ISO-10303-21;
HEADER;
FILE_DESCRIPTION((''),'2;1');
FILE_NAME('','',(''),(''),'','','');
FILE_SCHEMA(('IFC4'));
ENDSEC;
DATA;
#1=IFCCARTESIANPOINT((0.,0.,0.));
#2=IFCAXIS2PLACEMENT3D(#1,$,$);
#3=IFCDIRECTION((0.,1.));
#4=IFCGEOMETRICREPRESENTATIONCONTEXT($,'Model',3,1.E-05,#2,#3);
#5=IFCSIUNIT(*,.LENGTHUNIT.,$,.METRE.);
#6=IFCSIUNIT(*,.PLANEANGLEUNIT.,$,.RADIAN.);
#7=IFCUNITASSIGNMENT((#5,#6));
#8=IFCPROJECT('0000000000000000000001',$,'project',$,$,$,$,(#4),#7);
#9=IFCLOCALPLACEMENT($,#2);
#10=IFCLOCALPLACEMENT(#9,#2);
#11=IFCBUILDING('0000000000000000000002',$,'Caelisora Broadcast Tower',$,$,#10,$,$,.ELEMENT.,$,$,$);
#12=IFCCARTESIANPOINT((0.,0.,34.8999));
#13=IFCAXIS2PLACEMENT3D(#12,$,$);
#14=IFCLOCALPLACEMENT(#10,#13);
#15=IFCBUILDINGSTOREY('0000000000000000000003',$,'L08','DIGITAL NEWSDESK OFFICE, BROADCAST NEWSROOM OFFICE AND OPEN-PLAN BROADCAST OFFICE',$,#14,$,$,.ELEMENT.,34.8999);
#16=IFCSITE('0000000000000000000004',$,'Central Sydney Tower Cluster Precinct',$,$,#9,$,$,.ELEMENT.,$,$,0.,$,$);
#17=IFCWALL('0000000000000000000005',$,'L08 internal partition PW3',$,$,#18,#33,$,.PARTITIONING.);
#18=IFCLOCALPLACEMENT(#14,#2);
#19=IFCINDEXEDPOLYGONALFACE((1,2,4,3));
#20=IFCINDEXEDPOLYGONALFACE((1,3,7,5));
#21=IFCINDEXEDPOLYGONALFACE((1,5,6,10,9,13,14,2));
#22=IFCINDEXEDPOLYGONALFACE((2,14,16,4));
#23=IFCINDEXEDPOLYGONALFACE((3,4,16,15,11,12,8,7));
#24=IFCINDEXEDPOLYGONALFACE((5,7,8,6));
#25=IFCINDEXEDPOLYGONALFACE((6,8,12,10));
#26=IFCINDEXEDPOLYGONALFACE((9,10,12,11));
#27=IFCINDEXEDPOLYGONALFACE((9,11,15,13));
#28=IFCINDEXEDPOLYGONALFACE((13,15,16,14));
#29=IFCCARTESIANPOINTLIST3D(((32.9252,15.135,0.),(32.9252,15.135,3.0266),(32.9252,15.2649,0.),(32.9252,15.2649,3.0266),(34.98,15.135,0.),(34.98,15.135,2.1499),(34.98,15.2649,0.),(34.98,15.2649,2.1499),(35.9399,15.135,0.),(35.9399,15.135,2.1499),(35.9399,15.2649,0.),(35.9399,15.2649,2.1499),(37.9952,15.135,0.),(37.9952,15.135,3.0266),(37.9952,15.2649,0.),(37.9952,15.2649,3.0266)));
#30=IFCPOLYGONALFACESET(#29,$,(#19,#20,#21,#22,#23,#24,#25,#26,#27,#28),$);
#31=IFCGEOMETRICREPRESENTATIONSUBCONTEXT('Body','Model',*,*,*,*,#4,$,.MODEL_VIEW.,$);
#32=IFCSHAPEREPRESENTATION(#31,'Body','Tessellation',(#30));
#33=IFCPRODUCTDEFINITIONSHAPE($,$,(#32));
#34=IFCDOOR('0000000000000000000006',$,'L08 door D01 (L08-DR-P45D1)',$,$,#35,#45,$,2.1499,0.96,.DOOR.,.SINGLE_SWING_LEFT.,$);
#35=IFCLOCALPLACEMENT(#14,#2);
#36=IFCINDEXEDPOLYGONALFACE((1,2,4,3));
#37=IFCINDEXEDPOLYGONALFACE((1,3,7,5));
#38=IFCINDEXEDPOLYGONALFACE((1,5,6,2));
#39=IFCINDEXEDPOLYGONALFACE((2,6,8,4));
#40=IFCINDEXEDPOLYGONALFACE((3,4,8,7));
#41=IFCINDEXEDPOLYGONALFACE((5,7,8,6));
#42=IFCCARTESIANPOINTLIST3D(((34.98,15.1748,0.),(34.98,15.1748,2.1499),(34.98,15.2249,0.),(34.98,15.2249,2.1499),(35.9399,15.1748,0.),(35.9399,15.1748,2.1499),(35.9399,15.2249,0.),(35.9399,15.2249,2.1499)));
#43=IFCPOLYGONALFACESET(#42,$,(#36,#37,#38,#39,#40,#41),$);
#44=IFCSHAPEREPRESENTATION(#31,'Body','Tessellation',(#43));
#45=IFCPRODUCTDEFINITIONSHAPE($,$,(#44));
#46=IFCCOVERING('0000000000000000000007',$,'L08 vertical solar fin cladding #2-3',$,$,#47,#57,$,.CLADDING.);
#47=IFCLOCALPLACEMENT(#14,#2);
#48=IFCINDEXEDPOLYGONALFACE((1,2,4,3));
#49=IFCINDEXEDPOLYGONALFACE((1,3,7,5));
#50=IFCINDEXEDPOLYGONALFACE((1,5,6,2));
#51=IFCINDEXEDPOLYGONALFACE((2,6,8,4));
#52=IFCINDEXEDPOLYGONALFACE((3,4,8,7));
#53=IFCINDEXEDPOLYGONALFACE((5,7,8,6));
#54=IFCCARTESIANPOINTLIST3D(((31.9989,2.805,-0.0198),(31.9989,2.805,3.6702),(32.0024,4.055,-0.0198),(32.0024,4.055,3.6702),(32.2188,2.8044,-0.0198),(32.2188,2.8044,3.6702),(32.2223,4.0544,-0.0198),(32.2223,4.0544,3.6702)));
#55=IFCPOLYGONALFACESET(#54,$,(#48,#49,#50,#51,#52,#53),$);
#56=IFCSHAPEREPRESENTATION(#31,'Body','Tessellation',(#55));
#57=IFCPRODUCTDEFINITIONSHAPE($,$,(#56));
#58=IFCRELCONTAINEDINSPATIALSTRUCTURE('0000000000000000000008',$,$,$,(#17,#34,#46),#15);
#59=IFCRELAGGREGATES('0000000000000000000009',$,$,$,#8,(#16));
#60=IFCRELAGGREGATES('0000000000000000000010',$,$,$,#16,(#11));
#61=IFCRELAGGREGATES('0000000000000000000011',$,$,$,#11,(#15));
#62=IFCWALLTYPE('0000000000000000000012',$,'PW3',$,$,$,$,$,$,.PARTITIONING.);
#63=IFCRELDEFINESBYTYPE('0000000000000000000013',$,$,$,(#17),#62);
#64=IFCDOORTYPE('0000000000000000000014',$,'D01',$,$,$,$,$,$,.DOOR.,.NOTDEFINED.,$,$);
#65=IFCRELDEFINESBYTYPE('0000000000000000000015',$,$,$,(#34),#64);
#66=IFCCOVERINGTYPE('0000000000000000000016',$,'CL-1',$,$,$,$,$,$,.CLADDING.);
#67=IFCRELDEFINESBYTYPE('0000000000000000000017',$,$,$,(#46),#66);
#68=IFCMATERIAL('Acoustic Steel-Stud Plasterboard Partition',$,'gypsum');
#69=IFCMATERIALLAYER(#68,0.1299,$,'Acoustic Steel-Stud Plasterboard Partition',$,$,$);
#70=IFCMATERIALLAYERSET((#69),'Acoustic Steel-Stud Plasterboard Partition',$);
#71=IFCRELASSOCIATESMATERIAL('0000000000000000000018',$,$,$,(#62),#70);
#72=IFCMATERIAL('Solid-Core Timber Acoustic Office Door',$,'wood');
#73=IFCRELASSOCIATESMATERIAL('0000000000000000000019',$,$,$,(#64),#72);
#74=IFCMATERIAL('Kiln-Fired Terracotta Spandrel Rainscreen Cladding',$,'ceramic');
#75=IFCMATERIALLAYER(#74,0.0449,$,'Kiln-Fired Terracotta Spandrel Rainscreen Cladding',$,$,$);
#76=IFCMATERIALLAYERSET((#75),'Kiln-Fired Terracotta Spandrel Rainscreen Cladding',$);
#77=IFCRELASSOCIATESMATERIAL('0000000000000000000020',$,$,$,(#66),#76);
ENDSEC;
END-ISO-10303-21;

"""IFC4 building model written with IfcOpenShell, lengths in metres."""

from ifc_helpers import new_model, si_unit, direction, frame, frame_2d, origin, origin_2d, place, context, subcontext, project, spatial, rectangle, extrude, source, transform, mapped, material, layer, layer_set, type_object, type_shapes, element, fill, save


model = new_model("IFC4")

# Units and contexts
model_context = context("Model", 3, precision=1e-05, world=origin(), true_north=direction((0.0, 1.0)))
body_context = subcontext(model_context, "Body", "Model", "MODEL_VIEW")
ifc_project = project(units=[si_unit("LENGTHUNIT", "METRE"), si_unit("PLANEANGLEUNIT", "RADIAN")], contexts=[model_context])

# Site, building, storey
site_placement = place(None, origin())
site = spatial("IfcSite", under=ifc_project, at=site_placement, Name="Central Sydney Tower Cluster Precinct", CompositionType="ELEMENT", RefElevation=0.0)
building_placement = place(site_placement, origin())
building = spatial("IfcBuilding", under=site, at=building_placement, Name="Caelisora Broadcast Tower", CompositionType="ELEMENT")
storey_placement = place(building_placement, frame((0.0, 0.0, 34.8999)))
storey = spatial("IfcBuildingStorey", under=building, at=storey_placement, Name="L08", Description="DIGITAL NEWSDESK OFFICE, BROADCAST NEWSROOM OFFICE AND OPEN-PLAN BROADCAST OFFICE", CompositionType="ELEMENT", Elevation=34.8999)

# Wall, opening, door
ifc_material_1 = material(Name="Acoustic Steel-Stud Plasterboard Partition", Category="gypsum")
ifc_layer_1 = layer(ifc_material_1, 0.1299, Name="Acoustic Steel-Stud Plasterboard Partition")
ifc_layer_set_1 = layer_set([ifc_layer_1], Name="Acoustic Steel-Stud Plasterboard Partition")
wall_type = type_object("IfcWallType", Name="PW3", PredefinedType="PARTITIONING", material=ifc_layer_set_1)
wall_placement = place(storey_placement, frame((32.925, 15.2, 0.0), z_axis=(0.0, 0.0, 1.0), x_axis=(1.0, 0.0, 0.0)))
wall = element("IfcWall", 1, at=wall_placement, inside=storey, type_object=wall_type, Name="L08 internal partition PW3", PredefinedType="PARTITIONING", context=body_context, shape_type="SweptSolid", body=[
    extrude(rectangle(XDim=5.0701, YDim=0.1299, at=frame_2d((2.5352, 0.0))), origin(), (0.0, 0.0, 1.0), 3.0266),
])
opening_placement = place(wall_placement, frame((2.0549, 0.0, 0.0)))
opening = element("IfcOpeningElement", 2, at=opening_placement, cuts=wall, PredefinedType="OPENING", context=body_context, shape_type="SweptSolid", body=[
    extrude(rectangle(XDim=0.96, YDim=2.1499, at=frame_2d((0.48, 1.075))), frame((0.0, 0.0769, 0.0), z_axis=(0.0, -1.0, 0.0), x_axis=(1.0, 0.0, 0.0)), (0.0, 0.0, 1.0), 0.1538),
])
ifc_material_2 = material(Name="Solid-Core Timber Acoustic Office Door", Category="wood")
door_type = type_object("IfcDoorType", Name="D01", OperationType="NOTDEFINED", PredefinedType="DOOR", material=ifc_material_2)
door_placement = place(opening_placement, origin())
door = element("IfcDoor", 3, at=door_placement, inside=storey, type_object=door_type, Name="L08 door D01 (L08-DR-P45D1)", OperationType="SINGLE_SWING_LEFT", OverallHeight=2.1499, OverallWidth=0.96, PredefinedType="DOOR", context=body_context, shape_type="SweptSolid", body=[
    extrude(rectangle(XDim=0.96, YDim=2.1499, at=frame_2d((0.48, 1.075))), frame((0.0, 0.0249, 0.0), z_axis=(0.0, -1.0, 0.0), x_axis=(1.0, 0.0, 0.0)), (0.0, 0.0, 1.0), 0.05),
])
fill(opening, door)

# Covering
ifc_material_3 = material(Name="Kiln-Fired Terracotta Spandrel Rainscreen Cladding", Category="ceramic")
ifc_layer_2 = layer(ifc_material_3, 0.0449, Name="Kiln-Fired Terracotta Spandrel Rainscreen Cladding")
ifc_layer_set_2 = layer_set([ifc_layer_2], Name="Kiln-Fired Terracotta Spandrel Rainscreen Cladding")
covering_type = type_object("IfcCoveringType", Name="CL-1", PredefinedType="CLADDING", material=ifc_layer_set_2)
shared_shape_1 = source(origin(), body_context, "Body", "SweptSolid", [
    extrude(rectangle(XDim=0.22, YDim=1.25, at=origin_2d()), origin(), (0.0, 0.0, 1.0), 3.6899),
])
type_shapes(covering_type, [shared_shape_1])
covering_placement = place(storey_placement, frame((32.1106, 3.4297, -0.0198), z_axis=(0.0, 0.0, 1.0), x_axis=(-0.999996, 0.002793, 0.0)))
element("IfcCovering", 4, at=covering_placement, inside=storey, type_object=covering_type, Name="L08 vertical solar fin cladding #2-3", PredefinedType="CLADDING", context=body_context, shape_type="MappedRepresentation", body=[
    mapped(shared_shape_1, transform((0.0, 0.0, 0.0), scale=1.0)),
])

save(model, "model.ifc")
